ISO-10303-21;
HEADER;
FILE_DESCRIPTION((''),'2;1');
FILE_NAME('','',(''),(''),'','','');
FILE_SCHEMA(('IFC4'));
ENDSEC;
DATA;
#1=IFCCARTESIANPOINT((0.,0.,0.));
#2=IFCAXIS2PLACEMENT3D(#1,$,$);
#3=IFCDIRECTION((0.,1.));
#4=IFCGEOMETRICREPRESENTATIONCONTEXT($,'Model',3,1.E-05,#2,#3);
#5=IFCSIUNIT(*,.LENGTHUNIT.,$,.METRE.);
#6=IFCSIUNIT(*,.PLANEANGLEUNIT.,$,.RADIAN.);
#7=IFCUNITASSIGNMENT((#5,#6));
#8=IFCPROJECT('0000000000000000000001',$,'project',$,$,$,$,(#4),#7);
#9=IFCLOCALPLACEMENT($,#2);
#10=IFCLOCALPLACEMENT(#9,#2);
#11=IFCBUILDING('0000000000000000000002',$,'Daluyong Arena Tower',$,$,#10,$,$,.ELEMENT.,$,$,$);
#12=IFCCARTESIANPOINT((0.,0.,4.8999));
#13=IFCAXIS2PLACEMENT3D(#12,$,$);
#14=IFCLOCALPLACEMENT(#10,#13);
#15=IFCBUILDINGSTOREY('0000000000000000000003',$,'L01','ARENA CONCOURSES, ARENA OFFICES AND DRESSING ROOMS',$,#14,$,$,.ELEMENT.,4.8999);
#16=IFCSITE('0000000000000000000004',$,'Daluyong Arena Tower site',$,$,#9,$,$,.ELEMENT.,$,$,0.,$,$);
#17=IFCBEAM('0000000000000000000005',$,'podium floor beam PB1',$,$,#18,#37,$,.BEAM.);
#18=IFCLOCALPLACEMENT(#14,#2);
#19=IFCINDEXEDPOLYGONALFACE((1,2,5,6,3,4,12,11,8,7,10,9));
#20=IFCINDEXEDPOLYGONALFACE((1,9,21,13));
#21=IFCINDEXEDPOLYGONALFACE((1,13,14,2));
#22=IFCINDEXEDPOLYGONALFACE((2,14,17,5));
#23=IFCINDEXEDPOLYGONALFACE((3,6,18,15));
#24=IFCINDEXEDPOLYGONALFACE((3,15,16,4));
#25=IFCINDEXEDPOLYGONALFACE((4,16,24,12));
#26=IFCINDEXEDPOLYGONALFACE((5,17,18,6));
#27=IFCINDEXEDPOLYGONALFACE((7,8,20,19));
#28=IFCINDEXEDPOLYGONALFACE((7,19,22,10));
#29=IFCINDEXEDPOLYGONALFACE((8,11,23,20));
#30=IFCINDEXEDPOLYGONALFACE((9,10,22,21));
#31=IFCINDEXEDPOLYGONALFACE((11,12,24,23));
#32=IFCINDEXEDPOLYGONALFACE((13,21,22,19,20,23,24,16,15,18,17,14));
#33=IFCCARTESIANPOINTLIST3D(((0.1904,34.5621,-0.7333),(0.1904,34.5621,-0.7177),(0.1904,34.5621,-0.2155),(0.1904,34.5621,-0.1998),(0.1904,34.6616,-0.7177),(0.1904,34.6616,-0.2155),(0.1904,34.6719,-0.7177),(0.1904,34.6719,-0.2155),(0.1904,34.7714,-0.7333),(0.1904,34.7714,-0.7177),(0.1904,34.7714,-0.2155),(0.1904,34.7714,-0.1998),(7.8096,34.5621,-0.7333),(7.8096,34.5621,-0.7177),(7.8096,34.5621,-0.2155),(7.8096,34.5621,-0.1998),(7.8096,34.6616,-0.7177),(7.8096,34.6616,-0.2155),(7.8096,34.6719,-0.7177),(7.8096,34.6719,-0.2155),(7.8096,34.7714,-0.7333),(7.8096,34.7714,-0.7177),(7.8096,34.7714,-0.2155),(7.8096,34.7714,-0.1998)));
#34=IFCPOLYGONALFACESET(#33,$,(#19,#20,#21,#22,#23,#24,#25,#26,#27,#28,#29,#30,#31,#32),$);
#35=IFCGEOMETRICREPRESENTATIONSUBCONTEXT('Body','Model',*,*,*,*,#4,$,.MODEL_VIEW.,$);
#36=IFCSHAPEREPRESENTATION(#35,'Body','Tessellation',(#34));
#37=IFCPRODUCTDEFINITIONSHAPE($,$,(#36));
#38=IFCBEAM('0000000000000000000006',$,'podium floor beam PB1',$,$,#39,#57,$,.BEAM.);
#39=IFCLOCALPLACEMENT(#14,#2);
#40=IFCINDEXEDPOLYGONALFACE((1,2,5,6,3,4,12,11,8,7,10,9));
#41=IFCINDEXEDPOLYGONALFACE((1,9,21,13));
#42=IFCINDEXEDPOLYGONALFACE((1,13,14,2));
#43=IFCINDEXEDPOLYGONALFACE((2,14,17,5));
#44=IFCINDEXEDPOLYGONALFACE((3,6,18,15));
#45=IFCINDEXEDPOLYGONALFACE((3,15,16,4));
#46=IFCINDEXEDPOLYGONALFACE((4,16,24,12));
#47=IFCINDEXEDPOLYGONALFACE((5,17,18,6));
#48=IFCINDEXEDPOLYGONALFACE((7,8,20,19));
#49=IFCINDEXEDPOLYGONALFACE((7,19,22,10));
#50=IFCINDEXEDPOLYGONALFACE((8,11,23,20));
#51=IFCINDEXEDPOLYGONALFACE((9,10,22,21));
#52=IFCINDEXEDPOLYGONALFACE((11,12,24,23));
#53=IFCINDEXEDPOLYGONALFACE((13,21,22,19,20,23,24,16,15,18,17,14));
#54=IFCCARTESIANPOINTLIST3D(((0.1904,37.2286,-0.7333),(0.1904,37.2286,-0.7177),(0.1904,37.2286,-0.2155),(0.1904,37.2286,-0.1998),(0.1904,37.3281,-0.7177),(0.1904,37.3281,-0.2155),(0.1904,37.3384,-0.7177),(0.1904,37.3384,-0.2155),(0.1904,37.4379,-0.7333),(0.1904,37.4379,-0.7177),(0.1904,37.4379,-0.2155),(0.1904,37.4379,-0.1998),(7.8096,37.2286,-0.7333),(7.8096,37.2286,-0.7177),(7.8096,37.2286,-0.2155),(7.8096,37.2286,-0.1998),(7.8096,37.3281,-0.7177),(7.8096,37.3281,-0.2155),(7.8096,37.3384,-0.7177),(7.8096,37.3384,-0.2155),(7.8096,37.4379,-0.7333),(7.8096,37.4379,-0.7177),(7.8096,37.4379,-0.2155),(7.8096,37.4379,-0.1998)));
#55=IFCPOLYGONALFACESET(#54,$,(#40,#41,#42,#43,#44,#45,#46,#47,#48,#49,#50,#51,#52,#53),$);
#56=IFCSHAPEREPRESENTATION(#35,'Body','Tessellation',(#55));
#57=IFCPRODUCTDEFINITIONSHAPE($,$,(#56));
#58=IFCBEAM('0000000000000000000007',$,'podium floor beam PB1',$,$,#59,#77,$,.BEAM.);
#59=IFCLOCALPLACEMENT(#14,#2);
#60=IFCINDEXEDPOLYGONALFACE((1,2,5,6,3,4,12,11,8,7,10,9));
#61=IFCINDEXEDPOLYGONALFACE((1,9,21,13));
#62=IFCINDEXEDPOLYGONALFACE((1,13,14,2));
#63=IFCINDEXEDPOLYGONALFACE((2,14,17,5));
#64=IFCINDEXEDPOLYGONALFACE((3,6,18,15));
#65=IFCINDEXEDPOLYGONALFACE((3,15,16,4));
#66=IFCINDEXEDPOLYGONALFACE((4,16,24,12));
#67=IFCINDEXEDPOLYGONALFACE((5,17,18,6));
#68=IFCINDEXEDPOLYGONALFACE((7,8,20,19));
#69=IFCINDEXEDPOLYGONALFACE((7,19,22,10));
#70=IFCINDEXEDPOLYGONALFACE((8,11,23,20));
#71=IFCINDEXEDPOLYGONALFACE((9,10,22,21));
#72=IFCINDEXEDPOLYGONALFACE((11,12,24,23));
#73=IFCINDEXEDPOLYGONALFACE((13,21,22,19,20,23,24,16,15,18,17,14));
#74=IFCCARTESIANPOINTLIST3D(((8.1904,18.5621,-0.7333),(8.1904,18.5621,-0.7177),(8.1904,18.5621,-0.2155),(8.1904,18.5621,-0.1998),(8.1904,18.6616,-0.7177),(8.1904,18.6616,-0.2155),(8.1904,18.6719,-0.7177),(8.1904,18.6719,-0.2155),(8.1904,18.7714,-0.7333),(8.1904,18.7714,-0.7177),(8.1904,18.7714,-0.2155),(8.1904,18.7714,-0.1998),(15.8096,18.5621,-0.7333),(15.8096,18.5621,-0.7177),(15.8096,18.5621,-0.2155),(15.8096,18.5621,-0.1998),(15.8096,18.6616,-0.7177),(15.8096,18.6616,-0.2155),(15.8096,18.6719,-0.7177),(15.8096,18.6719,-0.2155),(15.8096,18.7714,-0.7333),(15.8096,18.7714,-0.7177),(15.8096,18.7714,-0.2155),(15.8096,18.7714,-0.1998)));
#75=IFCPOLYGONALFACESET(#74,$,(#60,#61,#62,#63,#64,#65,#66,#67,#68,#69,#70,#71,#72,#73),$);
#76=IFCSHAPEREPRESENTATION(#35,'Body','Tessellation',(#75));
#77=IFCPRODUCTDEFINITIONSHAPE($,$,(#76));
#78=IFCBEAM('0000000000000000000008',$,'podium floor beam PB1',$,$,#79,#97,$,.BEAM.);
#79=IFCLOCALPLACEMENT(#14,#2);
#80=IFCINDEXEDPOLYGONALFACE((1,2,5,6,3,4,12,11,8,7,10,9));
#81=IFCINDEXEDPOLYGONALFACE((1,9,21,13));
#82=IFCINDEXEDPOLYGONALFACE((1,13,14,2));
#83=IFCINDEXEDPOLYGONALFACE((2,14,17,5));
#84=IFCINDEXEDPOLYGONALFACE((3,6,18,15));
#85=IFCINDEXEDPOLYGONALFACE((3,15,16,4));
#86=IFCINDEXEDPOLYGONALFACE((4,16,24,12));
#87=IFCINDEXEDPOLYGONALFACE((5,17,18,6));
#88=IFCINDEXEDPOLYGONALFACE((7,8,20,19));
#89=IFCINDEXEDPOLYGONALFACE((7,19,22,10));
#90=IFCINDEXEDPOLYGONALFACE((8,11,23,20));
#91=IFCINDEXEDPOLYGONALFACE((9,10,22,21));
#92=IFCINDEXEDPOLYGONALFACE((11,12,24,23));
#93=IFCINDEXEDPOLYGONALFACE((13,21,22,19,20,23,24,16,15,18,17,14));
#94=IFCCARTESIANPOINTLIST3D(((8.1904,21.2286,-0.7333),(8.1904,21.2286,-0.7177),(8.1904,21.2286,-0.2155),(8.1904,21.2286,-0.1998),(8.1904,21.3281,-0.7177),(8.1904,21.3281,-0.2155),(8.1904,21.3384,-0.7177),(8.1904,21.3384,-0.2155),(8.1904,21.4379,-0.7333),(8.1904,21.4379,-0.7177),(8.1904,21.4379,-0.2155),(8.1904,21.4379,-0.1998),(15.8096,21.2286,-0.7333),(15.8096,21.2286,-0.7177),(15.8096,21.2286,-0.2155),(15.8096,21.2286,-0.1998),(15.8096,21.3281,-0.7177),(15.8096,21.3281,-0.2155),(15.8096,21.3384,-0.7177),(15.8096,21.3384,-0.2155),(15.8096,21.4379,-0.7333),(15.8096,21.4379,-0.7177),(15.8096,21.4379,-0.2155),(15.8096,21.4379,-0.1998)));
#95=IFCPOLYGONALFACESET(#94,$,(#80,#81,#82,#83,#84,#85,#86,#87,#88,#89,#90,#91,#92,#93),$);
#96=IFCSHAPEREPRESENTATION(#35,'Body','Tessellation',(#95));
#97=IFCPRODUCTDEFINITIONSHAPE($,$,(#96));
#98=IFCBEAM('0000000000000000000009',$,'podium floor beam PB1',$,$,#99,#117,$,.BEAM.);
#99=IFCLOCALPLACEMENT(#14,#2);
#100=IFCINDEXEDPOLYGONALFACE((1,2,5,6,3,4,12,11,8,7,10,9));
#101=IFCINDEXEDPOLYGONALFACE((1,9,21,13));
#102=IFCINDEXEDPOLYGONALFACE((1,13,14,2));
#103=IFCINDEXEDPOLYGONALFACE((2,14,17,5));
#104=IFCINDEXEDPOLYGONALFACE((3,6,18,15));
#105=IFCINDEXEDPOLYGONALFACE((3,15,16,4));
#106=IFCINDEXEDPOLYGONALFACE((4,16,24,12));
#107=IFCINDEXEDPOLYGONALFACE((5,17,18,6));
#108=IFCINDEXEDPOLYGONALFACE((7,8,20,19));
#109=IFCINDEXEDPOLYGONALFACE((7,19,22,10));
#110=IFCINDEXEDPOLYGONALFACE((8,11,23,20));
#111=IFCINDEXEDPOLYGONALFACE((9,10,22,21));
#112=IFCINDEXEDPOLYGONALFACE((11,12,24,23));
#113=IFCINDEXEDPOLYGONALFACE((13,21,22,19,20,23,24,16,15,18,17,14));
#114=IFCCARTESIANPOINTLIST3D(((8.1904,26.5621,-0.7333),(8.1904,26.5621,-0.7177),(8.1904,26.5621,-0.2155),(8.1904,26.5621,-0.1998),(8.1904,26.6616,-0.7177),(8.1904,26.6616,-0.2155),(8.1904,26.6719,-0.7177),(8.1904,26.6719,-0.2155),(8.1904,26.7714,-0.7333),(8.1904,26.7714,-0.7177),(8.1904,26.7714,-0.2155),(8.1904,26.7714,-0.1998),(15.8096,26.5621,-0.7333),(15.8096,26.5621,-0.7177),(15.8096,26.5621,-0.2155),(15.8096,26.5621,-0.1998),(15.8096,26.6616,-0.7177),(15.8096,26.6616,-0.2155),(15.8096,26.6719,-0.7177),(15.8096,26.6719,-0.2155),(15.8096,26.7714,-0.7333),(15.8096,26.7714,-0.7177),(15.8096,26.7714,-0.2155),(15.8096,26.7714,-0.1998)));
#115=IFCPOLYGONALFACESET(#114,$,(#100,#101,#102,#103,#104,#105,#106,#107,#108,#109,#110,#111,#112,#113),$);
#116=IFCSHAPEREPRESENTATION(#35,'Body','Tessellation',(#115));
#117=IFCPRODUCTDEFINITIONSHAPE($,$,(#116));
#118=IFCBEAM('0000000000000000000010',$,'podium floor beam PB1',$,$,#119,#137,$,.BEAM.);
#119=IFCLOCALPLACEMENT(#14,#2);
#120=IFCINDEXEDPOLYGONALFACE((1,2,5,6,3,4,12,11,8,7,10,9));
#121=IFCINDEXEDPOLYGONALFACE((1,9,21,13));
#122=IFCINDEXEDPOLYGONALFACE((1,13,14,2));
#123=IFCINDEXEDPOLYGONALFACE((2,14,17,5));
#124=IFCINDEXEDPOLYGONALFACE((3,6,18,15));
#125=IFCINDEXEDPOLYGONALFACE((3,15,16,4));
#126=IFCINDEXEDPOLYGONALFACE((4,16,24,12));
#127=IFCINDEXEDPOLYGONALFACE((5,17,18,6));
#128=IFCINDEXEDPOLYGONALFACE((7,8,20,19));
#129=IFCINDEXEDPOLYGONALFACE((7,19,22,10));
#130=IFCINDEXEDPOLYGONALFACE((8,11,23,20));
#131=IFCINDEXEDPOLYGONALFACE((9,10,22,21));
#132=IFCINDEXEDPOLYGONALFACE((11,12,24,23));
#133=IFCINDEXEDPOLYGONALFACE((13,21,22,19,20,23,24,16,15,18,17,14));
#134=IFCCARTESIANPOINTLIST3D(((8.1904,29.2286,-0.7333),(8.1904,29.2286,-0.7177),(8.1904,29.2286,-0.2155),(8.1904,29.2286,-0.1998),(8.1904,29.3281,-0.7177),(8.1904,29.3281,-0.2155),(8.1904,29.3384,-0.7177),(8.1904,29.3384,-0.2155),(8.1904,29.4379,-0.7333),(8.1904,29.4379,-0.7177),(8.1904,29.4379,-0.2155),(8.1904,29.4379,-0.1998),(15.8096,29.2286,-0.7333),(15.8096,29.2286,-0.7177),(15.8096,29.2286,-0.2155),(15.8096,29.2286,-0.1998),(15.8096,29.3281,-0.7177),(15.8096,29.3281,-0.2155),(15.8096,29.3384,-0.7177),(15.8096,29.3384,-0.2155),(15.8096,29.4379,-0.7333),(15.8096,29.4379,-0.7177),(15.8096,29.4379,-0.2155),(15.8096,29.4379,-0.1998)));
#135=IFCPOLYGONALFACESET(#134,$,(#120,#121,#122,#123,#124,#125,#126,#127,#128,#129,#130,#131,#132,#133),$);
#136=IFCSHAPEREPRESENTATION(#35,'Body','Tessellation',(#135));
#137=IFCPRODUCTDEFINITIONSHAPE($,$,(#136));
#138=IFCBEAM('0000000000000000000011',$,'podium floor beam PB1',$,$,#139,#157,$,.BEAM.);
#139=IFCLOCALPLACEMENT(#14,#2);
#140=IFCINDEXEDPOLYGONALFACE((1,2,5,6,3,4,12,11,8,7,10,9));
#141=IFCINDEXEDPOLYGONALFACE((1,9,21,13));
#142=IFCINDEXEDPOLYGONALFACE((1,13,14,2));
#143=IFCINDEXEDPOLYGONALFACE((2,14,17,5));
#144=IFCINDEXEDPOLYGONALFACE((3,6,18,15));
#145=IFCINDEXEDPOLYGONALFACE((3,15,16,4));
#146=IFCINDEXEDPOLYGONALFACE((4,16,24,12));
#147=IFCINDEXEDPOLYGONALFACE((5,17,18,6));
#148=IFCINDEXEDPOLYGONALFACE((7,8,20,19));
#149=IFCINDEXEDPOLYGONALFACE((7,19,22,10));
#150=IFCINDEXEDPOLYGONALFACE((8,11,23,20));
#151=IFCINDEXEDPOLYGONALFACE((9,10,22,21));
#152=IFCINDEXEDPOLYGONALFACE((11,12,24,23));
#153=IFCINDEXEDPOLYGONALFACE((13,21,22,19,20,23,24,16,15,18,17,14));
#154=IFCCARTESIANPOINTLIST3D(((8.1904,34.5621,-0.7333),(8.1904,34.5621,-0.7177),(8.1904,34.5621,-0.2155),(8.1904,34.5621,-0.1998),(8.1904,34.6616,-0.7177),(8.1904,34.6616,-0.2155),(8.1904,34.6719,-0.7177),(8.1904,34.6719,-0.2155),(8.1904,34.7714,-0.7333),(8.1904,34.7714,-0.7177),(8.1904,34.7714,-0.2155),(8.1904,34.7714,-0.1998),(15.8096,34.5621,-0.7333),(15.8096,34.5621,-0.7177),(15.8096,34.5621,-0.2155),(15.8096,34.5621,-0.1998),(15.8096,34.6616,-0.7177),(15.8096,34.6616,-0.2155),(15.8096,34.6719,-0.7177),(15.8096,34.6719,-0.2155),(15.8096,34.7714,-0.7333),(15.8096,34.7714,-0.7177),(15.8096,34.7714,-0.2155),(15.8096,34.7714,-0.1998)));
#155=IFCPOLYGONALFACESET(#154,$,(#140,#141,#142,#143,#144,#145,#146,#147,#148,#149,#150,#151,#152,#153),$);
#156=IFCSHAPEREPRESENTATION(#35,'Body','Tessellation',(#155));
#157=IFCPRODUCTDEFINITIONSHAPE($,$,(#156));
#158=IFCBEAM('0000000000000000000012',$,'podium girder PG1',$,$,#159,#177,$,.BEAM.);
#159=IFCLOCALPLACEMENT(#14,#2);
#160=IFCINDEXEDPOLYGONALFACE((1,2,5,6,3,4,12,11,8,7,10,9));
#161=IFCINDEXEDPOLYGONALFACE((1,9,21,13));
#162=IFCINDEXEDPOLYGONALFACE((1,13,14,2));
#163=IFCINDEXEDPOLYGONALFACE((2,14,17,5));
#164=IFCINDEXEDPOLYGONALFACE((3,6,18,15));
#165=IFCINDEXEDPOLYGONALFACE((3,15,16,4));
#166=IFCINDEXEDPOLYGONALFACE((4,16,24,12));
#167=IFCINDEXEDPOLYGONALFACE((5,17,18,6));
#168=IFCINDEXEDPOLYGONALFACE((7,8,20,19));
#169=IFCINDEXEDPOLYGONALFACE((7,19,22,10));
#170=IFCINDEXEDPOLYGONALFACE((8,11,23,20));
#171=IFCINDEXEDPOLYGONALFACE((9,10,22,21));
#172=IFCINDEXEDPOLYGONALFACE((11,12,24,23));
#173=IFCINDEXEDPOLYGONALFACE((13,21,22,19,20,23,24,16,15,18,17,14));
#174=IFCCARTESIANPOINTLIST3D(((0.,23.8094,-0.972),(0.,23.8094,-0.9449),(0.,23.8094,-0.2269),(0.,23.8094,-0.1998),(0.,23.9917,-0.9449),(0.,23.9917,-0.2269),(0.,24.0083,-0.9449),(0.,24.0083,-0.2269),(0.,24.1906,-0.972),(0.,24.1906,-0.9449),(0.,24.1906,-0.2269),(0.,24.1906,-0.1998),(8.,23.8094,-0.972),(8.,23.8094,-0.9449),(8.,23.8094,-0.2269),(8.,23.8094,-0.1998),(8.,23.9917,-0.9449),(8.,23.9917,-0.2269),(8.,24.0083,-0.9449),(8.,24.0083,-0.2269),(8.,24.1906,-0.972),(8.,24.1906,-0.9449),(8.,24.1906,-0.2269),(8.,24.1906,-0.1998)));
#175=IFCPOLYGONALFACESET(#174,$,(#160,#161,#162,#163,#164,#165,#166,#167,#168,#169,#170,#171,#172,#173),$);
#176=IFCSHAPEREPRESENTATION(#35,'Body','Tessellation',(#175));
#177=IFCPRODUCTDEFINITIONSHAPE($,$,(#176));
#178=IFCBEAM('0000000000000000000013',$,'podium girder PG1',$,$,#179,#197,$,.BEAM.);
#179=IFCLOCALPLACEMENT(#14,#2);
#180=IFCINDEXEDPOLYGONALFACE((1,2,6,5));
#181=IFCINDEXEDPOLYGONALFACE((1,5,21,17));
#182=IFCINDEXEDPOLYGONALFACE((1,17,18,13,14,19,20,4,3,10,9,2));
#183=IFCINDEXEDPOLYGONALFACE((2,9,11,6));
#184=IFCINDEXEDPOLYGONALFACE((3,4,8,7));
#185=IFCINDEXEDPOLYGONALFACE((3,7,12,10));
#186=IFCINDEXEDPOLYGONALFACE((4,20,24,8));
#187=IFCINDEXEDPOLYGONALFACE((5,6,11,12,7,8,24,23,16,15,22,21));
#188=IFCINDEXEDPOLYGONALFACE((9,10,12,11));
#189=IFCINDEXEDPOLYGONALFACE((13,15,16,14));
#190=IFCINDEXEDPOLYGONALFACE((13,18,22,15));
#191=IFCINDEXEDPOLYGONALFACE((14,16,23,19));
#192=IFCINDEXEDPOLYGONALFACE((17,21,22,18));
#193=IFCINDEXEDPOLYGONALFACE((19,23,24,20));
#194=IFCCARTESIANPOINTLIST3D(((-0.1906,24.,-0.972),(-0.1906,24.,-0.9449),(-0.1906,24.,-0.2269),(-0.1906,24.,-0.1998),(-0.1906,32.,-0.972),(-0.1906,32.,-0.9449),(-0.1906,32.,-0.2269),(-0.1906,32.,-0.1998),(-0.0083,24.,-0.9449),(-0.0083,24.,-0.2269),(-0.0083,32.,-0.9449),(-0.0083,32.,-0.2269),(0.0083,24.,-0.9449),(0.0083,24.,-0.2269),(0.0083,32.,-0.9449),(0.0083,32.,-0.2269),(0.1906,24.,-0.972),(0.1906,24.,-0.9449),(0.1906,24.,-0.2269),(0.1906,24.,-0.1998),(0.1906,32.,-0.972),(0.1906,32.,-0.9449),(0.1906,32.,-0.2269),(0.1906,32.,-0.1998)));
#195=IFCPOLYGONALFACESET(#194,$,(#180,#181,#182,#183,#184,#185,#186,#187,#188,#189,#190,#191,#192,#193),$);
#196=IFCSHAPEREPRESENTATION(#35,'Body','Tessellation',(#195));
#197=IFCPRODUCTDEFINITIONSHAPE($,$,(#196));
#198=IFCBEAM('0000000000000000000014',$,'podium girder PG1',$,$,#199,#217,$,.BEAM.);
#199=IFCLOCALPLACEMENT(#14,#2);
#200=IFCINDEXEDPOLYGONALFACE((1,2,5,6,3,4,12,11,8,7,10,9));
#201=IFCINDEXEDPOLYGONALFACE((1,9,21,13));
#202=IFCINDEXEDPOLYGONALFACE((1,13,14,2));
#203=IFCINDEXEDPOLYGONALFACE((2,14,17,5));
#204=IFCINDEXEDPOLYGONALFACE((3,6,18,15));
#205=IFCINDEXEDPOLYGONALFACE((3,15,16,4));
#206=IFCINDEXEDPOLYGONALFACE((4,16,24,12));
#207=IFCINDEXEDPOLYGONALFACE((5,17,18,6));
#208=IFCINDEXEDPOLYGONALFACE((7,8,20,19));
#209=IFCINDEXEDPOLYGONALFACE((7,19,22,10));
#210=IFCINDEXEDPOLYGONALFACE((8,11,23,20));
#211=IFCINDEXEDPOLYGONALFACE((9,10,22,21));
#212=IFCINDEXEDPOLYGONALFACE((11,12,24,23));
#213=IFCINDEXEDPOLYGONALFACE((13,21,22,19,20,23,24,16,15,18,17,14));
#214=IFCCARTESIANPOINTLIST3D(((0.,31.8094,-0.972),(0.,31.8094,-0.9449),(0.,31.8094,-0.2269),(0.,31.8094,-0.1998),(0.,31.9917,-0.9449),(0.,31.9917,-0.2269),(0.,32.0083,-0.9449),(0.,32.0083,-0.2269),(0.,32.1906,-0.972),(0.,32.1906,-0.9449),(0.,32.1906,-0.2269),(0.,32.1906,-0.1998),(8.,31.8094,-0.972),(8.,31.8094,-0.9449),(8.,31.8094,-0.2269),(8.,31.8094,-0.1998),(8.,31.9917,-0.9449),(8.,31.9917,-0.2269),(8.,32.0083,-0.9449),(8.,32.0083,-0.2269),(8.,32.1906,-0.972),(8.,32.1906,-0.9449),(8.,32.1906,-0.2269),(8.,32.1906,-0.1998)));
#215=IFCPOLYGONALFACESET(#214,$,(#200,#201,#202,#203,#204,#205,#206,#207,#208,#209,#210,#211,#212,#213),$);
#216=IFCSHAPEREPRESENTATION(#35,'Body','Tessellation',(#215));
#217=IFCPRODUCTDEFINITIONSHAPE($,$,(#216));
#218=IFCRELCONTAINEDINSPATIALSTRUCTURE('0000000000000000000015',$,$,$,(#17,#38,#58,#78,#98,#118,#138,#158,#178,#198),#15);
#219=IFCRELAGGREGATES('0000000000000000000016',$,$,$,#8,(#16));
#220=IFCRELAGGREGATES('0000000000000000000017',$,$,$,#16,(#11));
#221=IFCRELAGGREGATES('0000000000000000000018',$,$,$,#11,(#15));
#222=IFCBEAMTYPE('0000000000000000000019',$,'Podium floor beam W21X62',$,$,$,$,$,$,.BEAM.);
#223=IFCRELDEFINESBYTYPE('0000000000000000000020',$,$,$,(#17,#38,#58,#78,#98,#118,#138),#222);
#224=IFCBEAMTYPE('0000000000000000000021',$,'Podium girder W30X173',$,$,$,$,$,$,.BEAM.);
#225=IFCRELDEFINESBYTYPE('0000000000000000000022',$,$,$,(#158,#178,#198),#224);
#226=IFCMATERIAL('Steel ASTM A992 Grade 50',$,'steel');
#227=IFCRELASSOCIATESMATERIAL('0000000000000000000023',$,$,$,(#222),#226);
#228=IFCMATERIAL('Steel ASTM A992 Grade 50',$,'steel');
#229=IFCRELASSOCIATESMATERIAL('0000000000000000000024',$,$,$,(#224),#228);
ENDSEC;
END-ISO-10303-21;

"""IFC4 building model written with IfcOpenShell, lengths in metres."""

from ifc_helpers import new_model, si_unit, direction, frame, origin, origin_2d, place, context, subcontext, project, spatial, i_section, extrude, material, material_profile, profile_set, type_object, element, save


model = new_model("IFC4")

# Units and contexts
model_context = context("Model", 3, precision=1e-05, world=origin(), true_north=direction((0.0, 1.0)))
body_context = subcontext(model_context, "Body", "Model", "MODEL_VIEW")
ifc_project = project(units=[si_unit("LENGTHUNIT", "METRE"), si_unit("PLANEANGLEUNIT", "RADIAN")], contexts=[model_context])

# Site, building, storey
site_placement = place(None, origin())
site = spatial("IfcSite", under=ifc_project, at=site_placement, Name="Daluyong Arena Tower site", CompositionType="ELEMENT", RefElevation=0.0)
building_placement = place(site_placement, origin())
building = spatial("IfcBuilding", under=site, at=building_placement, Name="Daluyong Arena Tower", CompositionType="ELEMENT")
storey_placement = place(building_placement, frame((0.0, 0.0, 4.8999)))
storey = spatial("IfcBuildingStorey", under=building, at=storey_placement, Name="L01", Description="ARENA CONCOURSES, ARENA OFFICES AND DRESSING ROOMS", CompositionType="ELEMENT", Elevation=4.8999)

# Beams
ifc_material_1 = material(Name="Steel ASTM A992 Grade 50", Category="steel")
ifc_material_profile_1 = material_profile(ifc_material_1, i_section(OverallWidth=0.2092, OverallDepth=0.5334, WebThickness=0.0103, FlangeThickness=0.0156, at=origin_2d()))
ifc_profile_set_1 = profile_set([ifc_material_profile_1], Name="Steel ASTM A992 Grade 50")
beam_type_1 = type_object("IfcBeamType", Name="Podium floor beam W21X62", PredefinedType="BEAM", material=ifc_profile_set_1)
for number, where, z_axis, x_axis, name in (
    (1, (0.1904, 34.6667, -0.4666), (1.0, 0.0, 0.0), (0.0, 1.0, 0.0), "podium floor beam PB1"),
    (2, (0.1904, 37.3333, -0.4666), (1.0, 0.0, 0.0), (0.0, 1.0, 0.0), "podium floor beam PB1"),
    (3, (8.1904, 18.6667, -0.4666), (1.0, 0.0, 0.0), (0.0, 1.0, 0.0), "podium floor beam PB1"),
    (4, (8.1904, 21.3333, -0.4666), (1.0, 0.0, 0.0), (0.0, 1.0, 0.0), "podium floor beam PB1"),
    (5, (8.1904, 26.6667, -0.4666), (1.0, 0.0, 0.0), (0.0, 1.0, 0.0), "podium floor beam PB1"),
    (6, (8.1904, 29.3333, -0.4666), (1.0, 0.0, 0.0), (0.0, 1.0, 0.0), "podium floor beam PB1"),
    (7, (8.1904, 34.6667, -0.4666), (1.0, 0.0, 0.0), (0.0, 1.0, 0.0), "podium floor beam PB1"),
):
    element("IfcBeam", number, at=place(storey_placement, frame(where, z_axis=z_axis, x_axis=x_axis)), inside=storey, type_object=beam_type_1, Name=name, PredefinedType="BEAM", context=body_context, shape_type="SweptSolid", body=[
        extrude(i_section(OverallWidth=0.2092, OverallDepth=0.5334, WebThickness=0.0103, FlangeThickness=0.0156, at=origin_2d()), origin(), (0.0, 0.0, 1.0), 7.6191),
    ])
ifc_material_2 = material(Name="Steel ASTM A992 Grade 50", Category="steel")
ifc_material_profile_2 = material_profile(ifc_material_2, i_section(OverallWidth=0.3811, OverallDepth=0.7722, WebThickness=0.0166, FlangeThickness=0.0271, at=origin_2d()))
ifc_profile_set_2 = profile_set([ifc_material_profile_2], Name="Steel ASTM A992 Grade 50")
beam_type_2 = type_object("IfcBeamType", Name="Podium girder W30X173", PredefinedType="BEAM", material=ifc_profile_set_2)
for number, where, z_axis, x_axis, name in (
    (8, (0.0, 24.0, -0.5859), (1.0, 0.0, 0.0), (0.0, 1.0, 0.0), "podium girder PG1"),
    (9, (0.0, 24.0, -0.5859), (0.0, 1.0, 0.0), (-1.0, 0.0, 0.0), "podium girder PG1"),
    (10, (0.0, 32.0, -0.5859), (1.0, 0.0, 0.0), (0.0, 1.0, 0.0), "podium girder PG1"),
):
    element("IfcBeam", number, at=place(storey_placement, frame(where, z_axis=z_axis, x_axis=x_axis)), inside=storey, type_object=beam_type_2, Name=name, PredefinedType="BEAM", context=body_context, shape_type="SweptSolid", body=[
        extrude(i_section(OverallWidth=0.3811, OverallDepth=0.7722, WebThickness=0.0166, FlangeThickness=0.0271, at=origin_2d()), origin(), (0.0, 0.0, 1.0), 8.0),
    ])

save(model, "model.ifc")
